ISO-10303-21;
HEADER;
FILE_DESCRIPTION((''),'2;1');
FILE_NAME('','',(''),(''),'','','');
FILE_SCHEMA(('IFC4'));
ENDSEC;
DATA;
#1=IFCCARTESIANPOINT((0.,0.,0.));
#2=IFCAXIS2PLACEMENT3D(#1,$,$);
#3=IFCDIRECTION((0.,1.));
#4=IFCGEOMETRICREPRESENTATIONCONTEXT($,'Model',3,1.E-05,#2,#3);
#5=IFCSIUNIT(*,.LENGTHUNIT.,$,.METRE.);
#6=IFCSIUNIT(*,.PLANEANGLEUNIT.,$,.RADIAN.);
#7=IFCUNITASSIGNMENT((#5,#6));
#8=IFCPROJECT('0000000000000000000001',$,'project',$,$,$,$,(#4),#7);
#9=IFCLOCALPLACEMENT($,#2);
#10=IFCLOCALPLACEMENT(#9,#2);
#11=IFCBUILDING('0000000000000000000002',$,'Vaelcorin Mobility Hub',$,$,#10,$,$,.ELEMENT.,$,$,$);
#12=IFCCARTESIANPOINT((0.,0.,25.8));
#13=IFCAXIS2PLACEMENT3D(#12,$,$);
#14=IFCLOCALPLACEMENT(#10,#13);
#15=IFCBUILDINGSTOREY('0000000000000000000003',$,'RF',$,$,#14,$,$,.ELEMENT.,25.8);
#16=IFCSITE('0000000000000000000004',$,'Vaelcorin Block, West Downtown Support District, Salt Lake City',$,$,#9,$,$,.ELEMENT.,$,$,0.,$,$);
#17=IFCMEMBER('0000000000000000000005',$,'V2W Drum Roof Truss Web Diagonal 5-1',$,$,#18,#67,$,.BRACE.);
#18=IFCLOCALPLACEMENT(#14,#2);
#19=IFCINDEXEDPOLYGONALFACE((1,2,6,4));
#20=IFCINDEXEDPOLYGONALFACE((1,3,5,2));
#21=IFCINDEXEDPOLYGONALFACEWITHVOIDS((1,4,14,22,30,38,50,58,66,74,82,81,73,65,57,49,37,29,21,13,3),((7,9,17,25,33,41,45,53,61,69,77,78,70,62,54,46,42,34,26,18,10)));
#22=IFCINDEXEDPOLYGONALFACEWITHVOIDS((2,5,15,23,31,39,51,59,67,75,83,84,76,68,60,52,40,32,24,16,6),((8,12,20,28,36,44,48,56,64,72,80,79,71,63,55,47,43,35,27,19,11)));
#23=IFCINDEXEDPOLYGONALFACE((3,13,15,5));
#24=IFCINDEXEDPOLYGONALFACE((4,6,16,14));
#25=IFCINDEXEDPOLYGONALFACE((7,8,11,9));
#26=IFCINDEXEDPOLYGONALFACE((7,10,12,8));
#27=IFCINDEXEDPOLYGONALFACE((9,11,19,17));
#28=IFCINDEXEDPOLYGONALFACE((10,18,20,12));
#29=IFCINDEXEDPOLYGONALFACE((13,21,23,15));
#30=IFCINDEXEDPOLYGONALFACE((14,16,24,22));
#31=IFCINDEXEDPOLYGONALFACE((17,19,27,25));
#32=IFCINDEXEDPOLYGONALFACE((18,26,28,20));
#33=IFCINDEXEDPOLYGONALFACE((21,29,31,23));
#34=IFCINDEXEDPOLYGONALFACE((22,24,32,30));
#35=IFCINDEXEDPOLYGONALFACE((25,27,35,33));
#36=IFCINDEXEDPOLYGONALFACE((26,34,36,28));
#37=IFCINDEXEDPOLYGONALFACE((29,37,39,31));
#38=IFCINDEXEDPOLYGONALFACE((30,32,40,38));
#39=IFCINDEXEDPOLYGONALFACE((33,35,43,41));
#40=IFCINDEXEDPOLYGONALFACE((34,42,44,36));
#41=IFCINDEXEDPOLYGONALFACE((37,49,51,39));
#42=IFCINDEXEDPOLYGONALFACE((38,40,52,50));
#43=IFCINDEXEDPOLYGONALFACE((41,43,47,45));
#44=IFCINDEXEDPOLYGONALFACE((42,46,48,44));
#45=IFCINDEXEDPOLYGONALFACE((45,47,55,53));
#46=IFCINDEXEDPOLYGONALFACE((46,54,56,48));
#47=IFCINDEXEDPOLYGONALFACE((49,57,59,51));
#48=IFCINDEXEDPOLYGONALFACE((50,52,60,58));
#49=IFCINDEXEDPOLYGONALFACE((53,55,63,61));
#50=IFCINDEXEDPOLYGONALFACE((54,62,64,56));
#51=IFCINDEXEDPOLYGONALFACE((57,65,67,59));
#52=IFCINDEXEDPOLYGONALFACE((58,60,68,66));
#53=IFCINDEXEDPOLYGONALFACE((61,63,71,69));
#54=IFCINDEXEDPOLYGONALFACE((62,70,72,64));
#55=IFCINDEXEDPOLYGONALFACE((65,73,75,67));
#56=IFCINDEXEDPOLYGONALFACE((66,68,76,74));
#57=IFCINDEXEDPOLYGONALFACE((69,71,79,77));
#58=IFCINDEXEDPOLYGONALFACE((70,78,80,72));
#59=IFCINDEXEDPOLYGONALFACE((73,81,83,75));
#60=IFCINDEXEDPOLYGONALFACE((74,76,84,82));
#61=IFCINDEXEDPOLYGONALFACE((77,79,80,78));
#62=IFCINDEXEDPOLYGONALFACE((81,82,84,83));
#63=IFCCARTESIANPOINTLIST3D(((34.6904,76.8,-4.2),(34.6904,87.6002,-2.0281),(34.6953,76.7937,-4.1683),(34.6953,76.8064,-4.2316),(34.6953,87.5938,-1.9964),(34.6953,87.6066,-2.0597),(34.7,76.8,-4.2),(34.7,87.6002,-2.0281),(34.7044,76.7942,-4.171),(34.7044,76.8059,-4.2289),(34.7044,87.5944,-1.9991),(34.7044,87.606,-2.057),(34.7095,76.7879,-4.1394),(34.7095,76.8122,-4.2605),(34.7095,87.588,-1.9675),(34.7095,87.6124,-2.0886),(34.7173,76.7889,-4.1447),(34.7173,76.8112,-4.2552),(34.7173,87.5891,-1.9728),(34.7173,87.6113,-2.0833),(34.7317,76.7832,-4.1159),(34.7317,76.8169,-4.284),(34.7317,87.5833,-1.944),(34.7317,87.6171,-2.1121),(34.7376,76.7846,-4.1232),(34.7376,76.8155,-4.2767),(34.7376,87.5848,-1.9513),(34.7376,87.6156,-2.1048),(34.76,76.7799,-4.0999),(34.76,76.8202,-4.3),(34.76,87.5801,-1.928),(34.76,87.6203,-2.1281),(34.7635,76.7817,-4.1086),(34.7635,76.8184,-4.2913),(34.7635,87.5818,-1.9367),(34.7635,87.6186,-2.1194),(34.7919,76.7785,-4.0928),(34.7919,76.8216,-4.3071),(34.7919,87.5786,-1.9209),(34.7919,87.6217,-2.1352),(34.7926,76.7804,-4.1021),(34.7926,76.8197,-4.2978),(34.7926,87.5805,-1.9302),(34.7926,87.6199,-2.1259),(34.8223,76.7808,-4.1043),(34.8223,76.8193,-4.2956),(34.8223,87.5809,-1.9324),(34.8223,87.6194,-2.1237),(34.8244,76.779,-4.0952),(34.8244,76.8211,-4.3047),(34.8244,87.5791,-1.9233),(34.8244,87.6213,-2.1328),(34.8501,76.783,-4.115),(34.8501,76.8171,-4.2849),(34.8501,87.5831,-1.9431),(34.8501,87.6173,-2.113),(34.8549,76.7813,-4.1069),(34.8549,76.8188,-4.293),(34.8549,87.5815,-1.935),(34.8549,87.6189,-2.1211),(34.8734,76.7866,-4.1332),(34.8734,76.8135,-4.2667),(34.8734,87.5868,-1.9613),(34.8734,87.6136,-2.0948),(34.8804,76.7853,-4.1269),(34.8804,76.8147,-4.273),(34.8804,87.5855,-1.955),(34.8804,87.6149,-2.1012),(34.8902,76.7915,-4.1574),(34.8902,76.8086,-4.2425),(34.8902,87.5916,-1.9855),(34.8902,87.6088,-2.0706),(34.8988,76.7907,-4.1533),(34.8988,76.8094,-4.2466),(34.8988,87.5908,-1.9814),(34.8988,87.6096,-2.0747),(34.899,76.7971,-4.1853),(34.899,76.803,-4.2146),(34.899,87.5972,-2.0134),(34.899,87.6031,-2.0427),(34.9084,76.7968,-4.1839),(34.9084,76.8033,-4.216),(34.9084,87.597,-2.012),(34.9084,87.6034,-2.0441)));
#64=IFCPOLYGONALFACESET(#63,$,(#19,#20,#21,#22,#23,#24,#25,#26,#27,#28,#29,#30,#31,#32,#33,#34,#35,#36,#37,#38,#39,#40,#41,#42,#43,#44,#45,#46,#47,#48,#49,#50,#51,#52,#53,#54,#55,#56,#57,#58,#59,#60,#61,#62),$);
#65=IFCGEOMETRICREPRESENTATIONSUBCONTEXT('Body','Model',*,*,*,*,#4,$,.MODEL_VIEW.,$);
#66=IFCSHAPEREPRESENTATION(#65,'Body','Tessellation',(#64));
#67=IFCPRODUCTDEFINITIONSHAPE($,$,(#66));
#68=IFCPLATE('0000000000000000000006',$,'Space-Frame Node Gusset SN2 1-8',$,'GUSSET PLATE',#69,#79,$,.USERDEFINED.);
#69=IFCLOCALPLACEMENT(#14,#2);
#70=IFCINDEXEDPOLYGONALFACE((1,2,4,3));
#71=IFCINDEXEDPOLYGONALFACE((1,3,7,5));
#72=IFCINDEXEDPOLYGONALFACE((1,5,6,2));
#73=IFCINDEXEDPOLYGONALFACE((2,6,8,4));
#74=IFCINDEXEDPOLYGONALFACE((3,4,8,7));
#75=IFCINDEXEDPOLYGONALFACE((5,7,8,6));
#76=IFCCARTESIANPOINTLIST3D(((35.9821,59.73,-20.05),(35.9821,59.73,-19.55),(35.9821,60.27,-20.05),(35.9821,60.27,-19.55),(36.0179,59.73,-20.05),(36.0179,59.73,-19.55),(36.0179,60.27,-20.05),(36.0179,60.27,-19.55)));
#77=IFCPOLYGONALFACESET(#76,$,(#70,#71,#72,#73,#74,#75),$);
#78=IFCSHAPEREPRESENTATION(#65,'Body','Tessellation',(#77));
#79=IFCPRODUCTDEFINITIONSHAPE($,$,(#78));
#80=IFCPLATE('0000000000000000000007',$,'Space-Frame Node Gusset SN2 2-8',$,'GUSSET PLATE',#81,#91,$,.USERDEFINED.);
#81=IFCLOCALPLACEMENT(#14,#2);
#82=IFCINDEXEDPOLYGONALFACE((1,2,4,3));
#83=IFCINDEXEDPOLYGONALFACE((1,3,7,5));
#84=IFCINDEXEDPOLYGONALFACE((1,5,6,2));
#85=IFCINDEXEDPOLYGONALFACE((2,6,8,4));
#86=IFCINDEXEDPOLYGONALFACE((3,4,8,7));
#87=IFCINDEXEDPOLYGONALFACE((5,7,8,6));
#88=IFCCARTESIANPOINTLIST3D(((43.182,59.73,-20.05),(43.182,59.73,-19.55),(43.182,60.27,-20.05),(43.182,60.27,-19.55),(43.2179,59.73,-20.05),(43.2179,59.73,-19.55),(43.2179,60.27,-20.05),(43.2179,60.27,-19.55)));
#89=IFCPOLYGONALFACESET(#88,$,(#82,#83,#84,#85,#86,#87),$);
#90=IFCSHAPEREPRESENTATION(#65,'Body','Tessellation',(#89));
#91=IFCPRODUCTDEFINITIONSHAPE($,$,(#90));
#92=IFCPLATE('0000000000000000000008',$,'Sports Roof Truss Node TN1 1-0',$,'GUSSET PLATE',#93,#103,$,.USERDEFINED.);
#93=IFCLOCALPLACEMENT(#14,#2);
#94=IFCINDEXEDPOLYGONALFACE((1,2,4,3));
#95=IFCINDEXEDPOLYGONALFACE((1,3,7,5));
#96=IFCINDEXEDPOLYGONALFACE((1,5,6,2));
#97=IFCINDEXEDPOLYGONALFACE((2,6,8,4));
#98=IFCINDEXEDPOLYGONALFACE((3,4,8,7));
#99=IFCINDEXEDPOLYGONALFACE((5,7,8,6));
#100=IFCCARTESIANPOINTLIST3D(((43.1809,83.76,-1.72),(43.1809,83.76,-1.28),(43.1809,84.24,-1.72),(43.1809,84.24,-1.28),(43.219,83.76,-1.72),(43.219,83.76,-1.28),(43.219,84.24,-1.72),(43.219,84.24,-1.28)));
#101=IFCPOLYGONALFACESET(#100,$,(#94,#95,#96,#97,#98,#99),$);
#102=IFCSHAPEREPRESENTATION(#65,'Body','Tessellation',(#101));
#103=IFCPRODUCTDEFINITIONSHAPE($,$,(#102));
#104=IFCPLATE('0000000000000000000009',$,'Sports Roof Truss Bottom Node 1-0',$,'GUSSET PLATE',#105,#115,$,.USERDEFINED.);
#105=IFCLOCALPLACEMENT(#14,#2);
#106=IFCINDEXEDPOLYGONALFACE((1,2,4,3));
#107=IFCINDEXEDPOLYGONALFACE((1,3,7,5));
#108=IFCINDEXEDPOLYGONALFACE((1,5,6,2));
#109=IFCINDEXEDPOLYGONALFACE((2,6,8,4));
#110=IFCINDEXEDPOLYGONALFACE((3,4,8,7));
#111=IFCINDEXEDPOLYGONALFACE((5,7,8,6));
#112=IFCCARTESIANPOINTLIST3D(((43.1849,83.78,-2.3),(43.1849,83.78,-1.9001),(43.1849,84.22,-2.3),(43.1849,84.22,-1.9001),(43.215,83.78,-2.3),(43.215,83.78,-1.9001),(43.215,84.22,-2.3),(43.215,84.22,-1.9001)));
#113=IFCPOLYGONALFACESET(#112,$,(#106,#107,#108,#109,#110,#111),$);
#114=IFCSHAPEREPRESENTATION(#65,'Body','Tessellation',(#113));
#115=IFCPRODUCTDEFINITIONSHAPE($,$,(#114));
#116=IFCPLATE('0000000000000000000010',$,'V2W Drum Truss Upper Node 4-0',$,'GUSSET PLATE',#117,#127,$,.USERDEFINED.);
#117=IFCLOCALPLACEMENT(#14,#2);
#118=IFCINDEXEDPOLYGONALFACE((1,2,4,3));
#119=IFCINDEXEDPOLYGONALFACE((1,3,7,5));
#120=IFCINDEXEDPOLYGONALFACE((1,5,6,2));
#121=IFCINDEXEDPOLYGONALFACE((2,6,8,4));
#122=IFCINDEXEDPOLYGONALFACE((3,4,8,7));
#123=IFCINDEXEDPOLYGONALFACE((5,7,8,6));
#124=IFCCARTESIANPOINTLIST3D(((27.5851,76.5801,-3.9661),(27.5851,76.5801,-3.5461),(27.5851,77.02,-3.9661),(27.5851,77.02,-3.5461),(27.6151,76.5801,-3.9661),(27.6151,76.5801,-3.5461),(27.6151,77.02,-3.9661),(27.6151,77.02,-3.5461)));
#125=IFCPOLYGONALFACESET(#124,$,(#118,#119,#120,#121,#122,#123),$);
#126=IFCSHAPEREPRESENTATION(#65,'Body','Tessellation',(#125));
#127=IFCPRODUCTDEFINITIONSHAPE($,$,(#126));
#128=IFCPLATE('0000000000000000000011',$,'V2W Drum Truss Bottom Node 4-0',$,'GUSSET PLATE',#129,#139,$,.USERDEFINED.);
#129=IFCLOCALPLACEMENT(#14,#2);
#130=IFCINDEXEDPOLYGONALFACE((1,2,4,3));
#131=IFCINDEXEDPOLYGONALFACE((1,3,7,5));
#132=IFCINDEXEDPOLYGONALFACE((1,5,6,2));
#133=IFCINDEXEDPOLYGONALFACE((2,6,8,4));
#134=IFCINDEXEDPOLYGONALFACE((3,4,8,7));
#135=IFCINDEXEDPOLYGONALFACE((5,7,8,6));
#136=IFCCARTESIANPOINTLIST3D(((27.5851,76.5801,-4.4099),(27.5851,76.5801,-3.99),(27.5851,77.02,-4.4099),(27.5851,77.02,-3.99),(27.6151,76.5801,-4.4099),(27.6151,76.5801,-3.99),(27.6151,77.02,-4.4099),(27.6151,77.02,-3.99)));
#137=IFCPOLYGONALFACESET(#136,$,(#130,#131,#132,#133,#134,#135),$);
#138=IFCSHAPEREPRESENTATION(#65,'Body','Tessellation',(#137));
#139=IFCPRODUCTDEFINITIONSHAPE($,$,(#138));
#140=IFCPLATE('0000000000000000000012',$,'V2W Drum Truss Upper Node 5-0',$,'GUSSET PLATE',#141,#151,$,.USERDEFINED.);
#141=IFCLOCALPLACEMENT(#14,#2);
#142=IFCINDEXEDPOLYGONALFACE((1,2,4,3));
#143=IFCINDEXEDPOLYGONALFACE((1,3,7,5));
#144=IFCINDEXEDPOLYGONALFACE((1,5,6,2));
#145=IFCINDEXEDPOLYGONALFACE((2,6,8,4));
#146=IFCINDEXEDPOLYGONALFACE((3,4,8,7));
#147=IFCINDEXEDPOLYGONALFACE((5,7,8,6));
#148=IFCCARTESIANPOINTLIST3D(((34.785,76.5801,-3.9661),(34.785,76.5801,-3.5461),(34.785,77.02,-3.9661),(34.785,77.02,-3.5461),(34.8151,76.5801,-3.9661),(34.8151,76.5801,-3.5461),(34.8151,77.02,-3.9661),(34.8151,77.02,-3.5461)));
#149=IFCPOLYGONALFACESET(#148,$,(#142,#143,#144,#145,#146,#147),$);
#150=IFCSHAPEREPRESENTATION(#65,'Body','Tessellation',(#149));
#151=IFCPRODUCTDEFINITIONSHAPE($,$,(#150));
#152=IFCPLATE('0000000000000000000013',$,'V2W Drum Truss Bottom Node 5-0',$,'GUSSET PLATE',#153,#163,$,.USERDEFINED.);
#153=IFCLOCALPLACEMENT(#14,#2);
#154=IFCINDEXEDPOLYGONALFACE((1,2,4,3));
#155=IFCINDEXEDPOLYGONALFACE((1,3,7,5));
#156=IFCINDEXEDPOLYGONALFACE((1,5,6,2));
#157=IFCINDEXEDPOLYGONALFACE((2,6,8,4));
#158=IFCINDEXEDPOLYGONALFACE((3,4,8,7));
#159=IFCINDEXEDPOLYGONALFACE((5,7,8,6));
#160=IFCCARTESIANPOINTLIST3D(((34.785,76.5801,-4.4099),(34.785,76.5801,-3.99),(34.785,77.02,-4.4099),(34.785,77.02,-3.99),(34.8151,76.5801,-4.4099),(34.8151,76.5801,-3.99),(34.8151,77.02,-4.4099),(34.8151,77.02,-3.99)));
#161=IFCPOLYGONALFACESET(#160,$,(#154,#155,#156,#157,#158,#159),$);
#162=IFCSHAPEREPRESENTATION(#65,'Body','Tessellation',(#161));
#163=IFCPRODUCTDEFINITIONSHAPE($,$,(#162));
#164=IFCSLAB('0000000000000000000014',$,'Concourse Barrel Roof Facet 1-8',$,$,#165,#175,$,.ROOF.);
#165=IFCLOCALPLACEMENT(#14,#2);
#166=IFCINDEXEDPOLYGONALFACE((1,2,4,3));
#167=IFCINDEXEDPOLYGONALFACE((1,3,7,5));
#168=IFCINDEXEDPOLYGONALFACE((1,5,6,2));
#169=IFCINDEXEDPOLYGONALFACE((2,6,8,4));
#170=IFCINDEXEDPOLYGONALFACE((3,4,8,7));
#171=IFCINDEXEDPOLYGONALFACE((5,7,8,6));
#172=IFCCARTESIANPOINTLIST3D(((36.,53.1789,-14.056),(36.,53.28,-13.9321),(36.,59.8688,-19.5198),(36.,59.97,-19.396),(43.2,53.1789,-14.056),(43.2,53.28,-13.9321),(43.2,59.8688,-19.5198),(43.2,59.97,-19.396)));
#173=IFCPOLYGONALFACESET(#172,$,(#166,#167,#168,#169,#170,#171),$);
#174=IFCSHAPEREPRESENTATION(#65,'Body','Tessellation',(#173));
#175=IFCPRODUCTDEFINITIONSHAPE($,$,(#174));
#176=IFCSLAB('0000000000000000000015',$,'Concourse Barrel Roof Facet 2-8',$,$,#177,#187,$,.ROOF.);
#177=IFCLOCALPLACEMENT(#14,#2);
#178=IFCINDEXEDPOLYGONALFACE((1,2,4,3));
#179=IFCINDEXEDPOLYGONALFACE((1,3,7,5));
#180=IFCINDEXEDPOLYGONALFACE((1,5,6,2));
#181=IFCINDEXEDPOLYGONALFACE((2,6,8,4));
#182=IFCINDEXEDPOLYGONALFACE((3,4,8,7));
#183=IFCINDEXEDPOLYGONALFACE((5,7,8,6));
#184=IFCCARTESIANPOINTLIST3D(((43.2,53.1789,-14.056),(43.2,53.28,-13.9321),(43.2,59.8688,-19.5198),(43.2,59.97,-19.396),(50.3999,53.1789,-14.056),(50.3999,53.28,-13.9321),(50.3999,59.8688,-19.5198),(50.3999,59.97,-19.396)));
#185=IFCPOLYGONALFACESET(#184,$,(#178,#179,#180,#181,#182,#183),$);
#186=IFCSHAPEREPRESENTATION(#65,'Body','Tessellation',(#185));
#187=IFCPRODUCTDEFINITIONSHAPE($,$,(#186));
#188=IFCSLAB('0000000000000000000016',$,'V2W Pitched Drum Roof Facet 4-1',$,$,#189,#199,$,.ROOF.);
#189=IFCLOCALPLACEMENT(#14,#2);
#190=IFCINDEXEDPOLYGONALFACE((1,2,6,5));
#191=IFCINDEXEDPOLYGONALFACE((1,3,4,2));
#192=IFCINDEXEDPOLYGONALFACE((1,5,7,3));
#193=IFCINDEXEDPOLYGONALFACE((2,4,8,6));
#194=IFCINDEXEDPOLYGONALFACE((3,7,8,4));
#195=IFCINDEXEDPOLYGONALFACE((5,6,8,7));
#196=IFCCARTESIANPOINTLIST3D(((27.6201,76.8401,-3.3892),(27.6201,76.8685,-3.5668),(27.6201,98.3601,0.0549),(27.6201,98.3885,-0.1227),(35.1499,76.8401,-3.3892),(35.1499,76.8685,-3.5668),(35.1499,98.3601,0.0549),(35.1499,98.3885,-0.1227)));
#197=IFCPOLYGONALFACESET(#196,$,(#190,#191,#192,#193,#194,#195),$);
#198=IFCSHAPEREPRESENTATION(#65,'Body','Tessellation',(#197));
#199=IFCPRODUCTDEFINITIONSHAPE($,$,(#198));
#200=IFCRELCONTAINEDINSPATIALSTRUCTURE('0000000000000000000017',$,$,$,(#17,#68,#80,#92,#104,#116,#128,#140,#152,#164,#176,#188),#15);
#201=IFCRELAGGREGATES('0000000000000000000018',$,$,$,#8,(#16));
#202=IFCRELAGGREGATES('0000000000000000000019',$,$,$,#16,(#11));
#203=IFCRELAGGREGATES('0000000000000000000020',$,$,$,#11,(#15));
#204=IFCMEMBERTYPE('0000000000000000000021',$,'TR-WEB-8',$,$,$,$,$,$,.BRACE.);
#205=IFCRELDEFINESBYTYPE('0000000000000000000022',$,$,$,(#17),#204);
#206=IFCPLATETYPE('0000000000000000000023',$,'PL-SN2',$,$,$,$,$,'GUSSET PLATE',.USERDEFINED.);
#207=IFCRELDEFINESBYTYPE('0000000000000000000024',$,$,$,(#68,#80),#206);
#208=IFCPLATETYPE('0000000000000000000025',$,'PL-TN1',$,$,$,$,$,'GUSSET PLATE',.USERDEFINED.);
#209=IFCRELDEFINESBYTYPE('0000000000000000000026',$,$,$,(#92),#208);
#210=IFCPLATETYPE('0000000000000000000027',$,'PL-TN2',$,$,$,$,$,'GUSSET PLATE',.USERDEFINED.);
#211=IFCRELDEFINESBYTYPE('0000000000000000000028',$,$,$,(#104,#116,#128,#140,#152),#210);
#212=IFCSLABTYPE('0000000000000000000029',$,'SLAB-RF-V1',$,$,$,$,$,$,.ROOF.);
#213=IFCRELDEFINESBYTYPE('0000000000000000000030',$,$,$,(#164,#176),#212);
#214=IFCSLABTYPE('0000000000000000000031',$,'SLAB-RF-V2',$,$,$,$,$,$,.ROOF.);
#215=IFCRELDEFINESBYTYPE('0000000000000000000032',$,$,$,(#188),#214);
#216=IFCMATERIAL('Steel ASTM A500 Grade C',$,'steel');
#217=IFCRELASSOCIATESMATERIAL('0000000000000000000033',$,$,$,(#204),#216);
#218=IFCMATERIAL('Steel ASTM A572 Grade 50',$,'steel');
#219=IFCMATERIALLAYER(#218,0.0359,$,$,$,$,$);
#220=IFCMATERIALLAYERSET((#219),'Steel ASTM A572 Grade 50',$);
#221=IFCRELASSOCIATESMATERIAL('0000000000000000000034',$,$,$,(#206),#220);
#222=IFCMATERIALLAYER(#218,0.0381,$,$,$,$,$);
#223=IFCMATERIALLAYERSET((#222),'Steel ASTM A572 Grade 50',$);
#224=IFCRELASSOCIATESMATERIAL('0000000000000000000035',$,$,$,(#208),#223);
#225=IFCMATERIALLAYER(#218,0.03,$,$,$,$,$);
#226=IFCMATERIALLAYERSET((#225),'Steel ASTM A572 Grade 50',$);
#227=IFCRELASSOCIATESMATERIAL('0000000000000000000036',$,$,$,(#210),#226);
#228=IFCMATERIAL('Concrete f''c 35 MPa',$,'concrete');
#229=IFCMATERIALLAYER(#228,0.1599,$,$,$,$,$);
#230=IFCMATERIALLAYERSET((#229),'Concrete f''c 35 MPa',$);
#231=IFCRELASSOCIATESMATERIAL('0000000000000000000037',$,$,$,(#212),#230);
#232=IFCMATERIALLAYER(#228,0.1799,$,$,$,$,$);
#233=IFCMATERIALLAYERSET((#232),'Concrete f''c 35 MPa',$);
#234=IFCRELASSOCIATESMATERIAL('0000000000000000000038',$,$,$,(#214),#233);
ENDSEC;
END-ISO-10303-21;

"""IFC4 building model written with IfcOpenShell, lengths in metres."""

from ifc_helpers import new_model, si_unit, direction, frame, origin, origin_2d, place, context, subcontext, project, spatial, polyline, rectangle, hollow_circle, outline, extrude, material, layer, layer_set, material_profile, profile_set, type_object, element, save


model = new_model("IFC4")

# Units and contexts
model_context = context("Model", 3, precision=1e-05, world=origin(), true_north=direction((0.0, 1.0)))
body_context = subcontext(model_context, "Body", "Model", "MODEL_VIEW")
ifc_project = project(units=[si_unit("LENGTHUNIT", "METRE"), si_unit("PLANEANGLEUNIT", "RADIAN")], contexts=[model_context])

# Site, building, storey
site_placement = place(None, origin())
site = spatial("IfcSite", under=ifc_project, at=site_placement, Name="Vaelcorin Block, West Downtown Support District, Salt Lake City", CompositionType="ELEMENT", RefElevation=0.0)
building_placement = place(site_placement, origin())
building = spatial("IfcBuilding", under=site, at=building_placement, Name="Vaelcorin Mobility Hub", CompositionType="ELEMENT")
storey_placement = place(building_placement, frame((0.0, 0.0, 25.8)))
storey = spatial("IfcBuildingStorey", under=building, at=storey_placement, Name="RF", CompositionType="ELEMENT", Elevation=25.8)

# Shared definitions
ifc_material_1 = material(Name="Steel ASTM A500 Grade C", Category="steel")

# Member
ifc_material_profile_1 = material_profile(ifc_material_1, hollow_circle(Radius=0.1096, WallThickness=0.0095, at=origin_2d()), Name="HSS8.625X0.375")
ifc_profile_set_1 = profile_set([ifc_material_profile_1], Name="Steel ASTM A500 Grade C")
member_type_1 = type_object("IfcMemberType", Name="TR-WEB-8", PredefinedType="BRACE", material=ifc_profile_set_1)
for number, where, z_axis, x_axis, name in (
    (1, (34.8, 76.8, -4.2), (0.0, 0.980373, 0.197152), (-1.0, 0.0, 0.0), "V2W Drum Roof Truss Web Diagonal 5-1"),
):
    element("IfcMember", number, at=place(storey_placement, frame(where, z_axis=z_axis, x_axis=x_axis)), inside=storey, type_object=member_type_1, Name=name, PredefinedType="BRACE", context=body_context, shape_type="SweptSolid", body=[
        extrude(hollow_circle(Radius=0.1096, WallThickness=0.0095, at=origin_2d()), origin(), (0.0, 0.0, 1.0), 11.0164),
    ])

# Plates
ifc_material_2 = material(Name="Steel ASTM A572 Grade 50", Category="steel")
ifc_layer_1 = layer(ifc_material_2, 0.0359)
ifc_layer_set_1 = layer_set([ifc_layer_1], Name="Steel ASTM A572 Grade 50")
plate_type_1 = type_object("IfcPlateType", Name="PL-SN2", ElementType="GUSSET PLATE", PredefinedType="USERDEFINED", material=ifc_layer_set_1)
for number, where, z_axis, x_axis, name in (
    (2, (36.0, 60.0, -20.05), (0.0, 0.0, 1.0), (1.0, 0.0, 0.0), "Space-Frame Node Gusset SN2 1-8"),
    (3, (43.2, 60.0, -20.05), (0.0, 0.0, 1.0), (1.0, 0.0, 0.0), "Space-Frame Node Gusset SN2 2-8"),
):
    element("IfcPlate", number, at=place(storey_placement, frame(where, z_axis=z_axis, x_axis=x_axis)), inside=storey, type_object=plate_type_1, Name=name, ObjectType="GUSSET PLATE", PredefinedType="USERDEFINED", context=body_context, shape_type="SweptSolid", body=[
        extrude(rectangle(XDim=0.0359, YDim=0.54, at=origin_2d()), origin(), (0.0, 0.0, 1.0), 0.5),
    ])
ifc_layer_2 = layer(ifc_material_2, 0.0381)
ifc_layer_set_2 = layer_set([ifc_layer_2], Name="Steel ASTM A572 Grade 50")
plate_type_2 = type_object("IfcPlateType", Name="PL-TN1", ElementType="GUSSET PLATE", PredefinedType="USERDEFINED", material=ifc_layer_set_2)
plate_1_placement = place(storey_placement, frame((43.2, 84.0, -1.72), z_axis=(0.0, 0.0, 1.0), x_axis=(1.0, 0.0, 0.0)))
element("IfcPlate", 4, at=plate_1_placement, inside=storey, type_object=plate_type_2, Name="Sports Roof Truss Node TN1 1-0", ObjectType="GUSSET PLATE", PredefinedType="USERDEFINED", context=body_context, shape_type="SweptSolid", body=[
    extrude(rectangle(XDim=0.0381, YDim=0.48, at=origin_2d()), origin(), (0.0, 0.0, 1.0), 0.4399),
])
ifc_layer_3 = layer(ifc_material_2, 0.03)
ifc_layer_set_3 = layer_set([ifc_layer_3], Name="Steel ASTM A572 Grade 50")
plate_type_3 = type_object("IfcPlateType", Name="PL-TN2", ElementType="GUSSET PLATE", PredefinedType="USERDEFINED", material=ifc_layer_set_3)
plate_2_placement = place(storey_placement, frame((43.2, 84.0, -2.3), z_axis=(0.0, 0.0, 1.0), x_axis=(1.0, 0.0, 0.0)))
element("IfcPlate", 5, at=plate_2_placement, inside=storey, type_object=plate_type_3, Name="Sports Roof Truss Bottom Node 1-0", ObjectType="GUSSET PLATE", PredefinedType="USERDEFINED", context=body_context, shape_type="SweptSolid", body=[
    extrude(rectangle(XDim=0.03, YDim=0.4399, at=origin_2d()), origin(), (0.0, 0.0, 1.0), 0.3999),
])
for number, where, z_axis, x_axis, name in (
    (6, (27.6001, 76.8, -3.9661), (0.0, 0.0, 1.0), (1.0, 0.0, 0.0), "V2W Drum Truss Upper Node 4-0"),
    (7, (27.6001, 76.8, -4.4099), (0.0, 0.0, 1.0), (1.0, 0.0, 0.0), "V2W Drum Truss Bottom Node 4-0"),
    (8, (34.8, 76.8, -3.9661), (0.0, 0.0, 1.0), (1.0, 0.0, 0.0), "V2W Drum Truss Upper Node 5-0"),
    (9, (34.8, 76.8, -4.4099), (0.0, 0.0, 1.0), (1.0, 0.0, 0.0), "V2W Drum Truss Bottom Node 5-0"),
):
    element("IfcPlate", number, at=place(storey_placement, frame(where, z_axis=z_axis, x_axis=x_axis)), inside=storey, type_object=plate_type_3, Name=name, ObjectType="GUSSET PLATE", PredefinedType="USERDEFINED", context=body_context, shape_type="SweptSolid", body=[
        extrude(rectangle(XDim=0.03, YDim=0.4399, at=origin_2d()), origin(), (0.0, 0.0, 1.0), 0.4199),
    ])

# Slabs
ifc_material_3 = material(Name="Concrete f'c 35 MPa", Category="concrete")
ifc_layer_4 = layer(ifc_material_3, 0.1599)
ifc_layer_set_4 = layer_set([ifc_layer_4], Name="Concrete f'c 35 MPa")
slab_type_1 = type_object("IfcSlabType", Name="SLAB-RF-V1", PredefinedType="ROOF", material=ifc_layer_set_4)
for number, where, z_axis, x_axis, name in (
    (10, (36.0, 53.28, -13.9321), (0.0, 0.632563, 0.774509), (1.0, 0.0, 0.0), "Concourse Barrel Roof Facet 1-8"),
    (11, (43.2, 53.28, -13.9321), (0.0, 0.632563, 0.774509), (1.0, 0.0, 0.0), "Concourse Barrel Roof Facet 2-8"),
):
    element("IfcSlab", number, at=place(storey_placement, frame(where, z_axis=z_axis, x_axis=x_axis)), inside=storey, type_object=slab_type_1, Name=name, PredefinedType="ROOF", context=body_context, shape_type="SweptSolid", body=[
        extrude(outline(polyline([(0.0, 0.0), (7.2, 0.0), (7.2, 8.6377), (0.0, 8.6377), (0.0, 0.0)])), origin(), (0.0, 0.0, -1.0), 0.1599),
    ])
ifc_layer_5 = layer(ifc_material_3, 0.1799)
ifc_layer_set_5 = layer_set([ifc_layer_5], Name="Concrete f'c 35 MPa")
slab_type_2 = type_object("IfcSlabType", Name="SLAB-RF-V2", PredefinedType="ROOF", material=ifc_layer_set_5)
slab_placement = place(storey_placement, frame((27.6201, 76.8401, -3.3892), z_axis=(0.0, -0.15803, 0.987434), x_axis=(1.0, 0.0, 0.0)))
element("IfcSlab", 12, at=slab_placement, inside=storey, type_object=slab_type_2, Name="V2W Pitched Drum Roof Facet 4-1", PredefinedType="ROOF", context=body_context, shape_type="SweptSolid", body=[
    extrude(outline(polyline([(0.0, 0.0), (7.5298, 0.0), (7.5298, 21.7939), (0.0, 21.7939), (0.0, 0.0)])), origin(), (0.0, 0.0, -1.0), 0.1799),
])

save(model, "model.ifc")
